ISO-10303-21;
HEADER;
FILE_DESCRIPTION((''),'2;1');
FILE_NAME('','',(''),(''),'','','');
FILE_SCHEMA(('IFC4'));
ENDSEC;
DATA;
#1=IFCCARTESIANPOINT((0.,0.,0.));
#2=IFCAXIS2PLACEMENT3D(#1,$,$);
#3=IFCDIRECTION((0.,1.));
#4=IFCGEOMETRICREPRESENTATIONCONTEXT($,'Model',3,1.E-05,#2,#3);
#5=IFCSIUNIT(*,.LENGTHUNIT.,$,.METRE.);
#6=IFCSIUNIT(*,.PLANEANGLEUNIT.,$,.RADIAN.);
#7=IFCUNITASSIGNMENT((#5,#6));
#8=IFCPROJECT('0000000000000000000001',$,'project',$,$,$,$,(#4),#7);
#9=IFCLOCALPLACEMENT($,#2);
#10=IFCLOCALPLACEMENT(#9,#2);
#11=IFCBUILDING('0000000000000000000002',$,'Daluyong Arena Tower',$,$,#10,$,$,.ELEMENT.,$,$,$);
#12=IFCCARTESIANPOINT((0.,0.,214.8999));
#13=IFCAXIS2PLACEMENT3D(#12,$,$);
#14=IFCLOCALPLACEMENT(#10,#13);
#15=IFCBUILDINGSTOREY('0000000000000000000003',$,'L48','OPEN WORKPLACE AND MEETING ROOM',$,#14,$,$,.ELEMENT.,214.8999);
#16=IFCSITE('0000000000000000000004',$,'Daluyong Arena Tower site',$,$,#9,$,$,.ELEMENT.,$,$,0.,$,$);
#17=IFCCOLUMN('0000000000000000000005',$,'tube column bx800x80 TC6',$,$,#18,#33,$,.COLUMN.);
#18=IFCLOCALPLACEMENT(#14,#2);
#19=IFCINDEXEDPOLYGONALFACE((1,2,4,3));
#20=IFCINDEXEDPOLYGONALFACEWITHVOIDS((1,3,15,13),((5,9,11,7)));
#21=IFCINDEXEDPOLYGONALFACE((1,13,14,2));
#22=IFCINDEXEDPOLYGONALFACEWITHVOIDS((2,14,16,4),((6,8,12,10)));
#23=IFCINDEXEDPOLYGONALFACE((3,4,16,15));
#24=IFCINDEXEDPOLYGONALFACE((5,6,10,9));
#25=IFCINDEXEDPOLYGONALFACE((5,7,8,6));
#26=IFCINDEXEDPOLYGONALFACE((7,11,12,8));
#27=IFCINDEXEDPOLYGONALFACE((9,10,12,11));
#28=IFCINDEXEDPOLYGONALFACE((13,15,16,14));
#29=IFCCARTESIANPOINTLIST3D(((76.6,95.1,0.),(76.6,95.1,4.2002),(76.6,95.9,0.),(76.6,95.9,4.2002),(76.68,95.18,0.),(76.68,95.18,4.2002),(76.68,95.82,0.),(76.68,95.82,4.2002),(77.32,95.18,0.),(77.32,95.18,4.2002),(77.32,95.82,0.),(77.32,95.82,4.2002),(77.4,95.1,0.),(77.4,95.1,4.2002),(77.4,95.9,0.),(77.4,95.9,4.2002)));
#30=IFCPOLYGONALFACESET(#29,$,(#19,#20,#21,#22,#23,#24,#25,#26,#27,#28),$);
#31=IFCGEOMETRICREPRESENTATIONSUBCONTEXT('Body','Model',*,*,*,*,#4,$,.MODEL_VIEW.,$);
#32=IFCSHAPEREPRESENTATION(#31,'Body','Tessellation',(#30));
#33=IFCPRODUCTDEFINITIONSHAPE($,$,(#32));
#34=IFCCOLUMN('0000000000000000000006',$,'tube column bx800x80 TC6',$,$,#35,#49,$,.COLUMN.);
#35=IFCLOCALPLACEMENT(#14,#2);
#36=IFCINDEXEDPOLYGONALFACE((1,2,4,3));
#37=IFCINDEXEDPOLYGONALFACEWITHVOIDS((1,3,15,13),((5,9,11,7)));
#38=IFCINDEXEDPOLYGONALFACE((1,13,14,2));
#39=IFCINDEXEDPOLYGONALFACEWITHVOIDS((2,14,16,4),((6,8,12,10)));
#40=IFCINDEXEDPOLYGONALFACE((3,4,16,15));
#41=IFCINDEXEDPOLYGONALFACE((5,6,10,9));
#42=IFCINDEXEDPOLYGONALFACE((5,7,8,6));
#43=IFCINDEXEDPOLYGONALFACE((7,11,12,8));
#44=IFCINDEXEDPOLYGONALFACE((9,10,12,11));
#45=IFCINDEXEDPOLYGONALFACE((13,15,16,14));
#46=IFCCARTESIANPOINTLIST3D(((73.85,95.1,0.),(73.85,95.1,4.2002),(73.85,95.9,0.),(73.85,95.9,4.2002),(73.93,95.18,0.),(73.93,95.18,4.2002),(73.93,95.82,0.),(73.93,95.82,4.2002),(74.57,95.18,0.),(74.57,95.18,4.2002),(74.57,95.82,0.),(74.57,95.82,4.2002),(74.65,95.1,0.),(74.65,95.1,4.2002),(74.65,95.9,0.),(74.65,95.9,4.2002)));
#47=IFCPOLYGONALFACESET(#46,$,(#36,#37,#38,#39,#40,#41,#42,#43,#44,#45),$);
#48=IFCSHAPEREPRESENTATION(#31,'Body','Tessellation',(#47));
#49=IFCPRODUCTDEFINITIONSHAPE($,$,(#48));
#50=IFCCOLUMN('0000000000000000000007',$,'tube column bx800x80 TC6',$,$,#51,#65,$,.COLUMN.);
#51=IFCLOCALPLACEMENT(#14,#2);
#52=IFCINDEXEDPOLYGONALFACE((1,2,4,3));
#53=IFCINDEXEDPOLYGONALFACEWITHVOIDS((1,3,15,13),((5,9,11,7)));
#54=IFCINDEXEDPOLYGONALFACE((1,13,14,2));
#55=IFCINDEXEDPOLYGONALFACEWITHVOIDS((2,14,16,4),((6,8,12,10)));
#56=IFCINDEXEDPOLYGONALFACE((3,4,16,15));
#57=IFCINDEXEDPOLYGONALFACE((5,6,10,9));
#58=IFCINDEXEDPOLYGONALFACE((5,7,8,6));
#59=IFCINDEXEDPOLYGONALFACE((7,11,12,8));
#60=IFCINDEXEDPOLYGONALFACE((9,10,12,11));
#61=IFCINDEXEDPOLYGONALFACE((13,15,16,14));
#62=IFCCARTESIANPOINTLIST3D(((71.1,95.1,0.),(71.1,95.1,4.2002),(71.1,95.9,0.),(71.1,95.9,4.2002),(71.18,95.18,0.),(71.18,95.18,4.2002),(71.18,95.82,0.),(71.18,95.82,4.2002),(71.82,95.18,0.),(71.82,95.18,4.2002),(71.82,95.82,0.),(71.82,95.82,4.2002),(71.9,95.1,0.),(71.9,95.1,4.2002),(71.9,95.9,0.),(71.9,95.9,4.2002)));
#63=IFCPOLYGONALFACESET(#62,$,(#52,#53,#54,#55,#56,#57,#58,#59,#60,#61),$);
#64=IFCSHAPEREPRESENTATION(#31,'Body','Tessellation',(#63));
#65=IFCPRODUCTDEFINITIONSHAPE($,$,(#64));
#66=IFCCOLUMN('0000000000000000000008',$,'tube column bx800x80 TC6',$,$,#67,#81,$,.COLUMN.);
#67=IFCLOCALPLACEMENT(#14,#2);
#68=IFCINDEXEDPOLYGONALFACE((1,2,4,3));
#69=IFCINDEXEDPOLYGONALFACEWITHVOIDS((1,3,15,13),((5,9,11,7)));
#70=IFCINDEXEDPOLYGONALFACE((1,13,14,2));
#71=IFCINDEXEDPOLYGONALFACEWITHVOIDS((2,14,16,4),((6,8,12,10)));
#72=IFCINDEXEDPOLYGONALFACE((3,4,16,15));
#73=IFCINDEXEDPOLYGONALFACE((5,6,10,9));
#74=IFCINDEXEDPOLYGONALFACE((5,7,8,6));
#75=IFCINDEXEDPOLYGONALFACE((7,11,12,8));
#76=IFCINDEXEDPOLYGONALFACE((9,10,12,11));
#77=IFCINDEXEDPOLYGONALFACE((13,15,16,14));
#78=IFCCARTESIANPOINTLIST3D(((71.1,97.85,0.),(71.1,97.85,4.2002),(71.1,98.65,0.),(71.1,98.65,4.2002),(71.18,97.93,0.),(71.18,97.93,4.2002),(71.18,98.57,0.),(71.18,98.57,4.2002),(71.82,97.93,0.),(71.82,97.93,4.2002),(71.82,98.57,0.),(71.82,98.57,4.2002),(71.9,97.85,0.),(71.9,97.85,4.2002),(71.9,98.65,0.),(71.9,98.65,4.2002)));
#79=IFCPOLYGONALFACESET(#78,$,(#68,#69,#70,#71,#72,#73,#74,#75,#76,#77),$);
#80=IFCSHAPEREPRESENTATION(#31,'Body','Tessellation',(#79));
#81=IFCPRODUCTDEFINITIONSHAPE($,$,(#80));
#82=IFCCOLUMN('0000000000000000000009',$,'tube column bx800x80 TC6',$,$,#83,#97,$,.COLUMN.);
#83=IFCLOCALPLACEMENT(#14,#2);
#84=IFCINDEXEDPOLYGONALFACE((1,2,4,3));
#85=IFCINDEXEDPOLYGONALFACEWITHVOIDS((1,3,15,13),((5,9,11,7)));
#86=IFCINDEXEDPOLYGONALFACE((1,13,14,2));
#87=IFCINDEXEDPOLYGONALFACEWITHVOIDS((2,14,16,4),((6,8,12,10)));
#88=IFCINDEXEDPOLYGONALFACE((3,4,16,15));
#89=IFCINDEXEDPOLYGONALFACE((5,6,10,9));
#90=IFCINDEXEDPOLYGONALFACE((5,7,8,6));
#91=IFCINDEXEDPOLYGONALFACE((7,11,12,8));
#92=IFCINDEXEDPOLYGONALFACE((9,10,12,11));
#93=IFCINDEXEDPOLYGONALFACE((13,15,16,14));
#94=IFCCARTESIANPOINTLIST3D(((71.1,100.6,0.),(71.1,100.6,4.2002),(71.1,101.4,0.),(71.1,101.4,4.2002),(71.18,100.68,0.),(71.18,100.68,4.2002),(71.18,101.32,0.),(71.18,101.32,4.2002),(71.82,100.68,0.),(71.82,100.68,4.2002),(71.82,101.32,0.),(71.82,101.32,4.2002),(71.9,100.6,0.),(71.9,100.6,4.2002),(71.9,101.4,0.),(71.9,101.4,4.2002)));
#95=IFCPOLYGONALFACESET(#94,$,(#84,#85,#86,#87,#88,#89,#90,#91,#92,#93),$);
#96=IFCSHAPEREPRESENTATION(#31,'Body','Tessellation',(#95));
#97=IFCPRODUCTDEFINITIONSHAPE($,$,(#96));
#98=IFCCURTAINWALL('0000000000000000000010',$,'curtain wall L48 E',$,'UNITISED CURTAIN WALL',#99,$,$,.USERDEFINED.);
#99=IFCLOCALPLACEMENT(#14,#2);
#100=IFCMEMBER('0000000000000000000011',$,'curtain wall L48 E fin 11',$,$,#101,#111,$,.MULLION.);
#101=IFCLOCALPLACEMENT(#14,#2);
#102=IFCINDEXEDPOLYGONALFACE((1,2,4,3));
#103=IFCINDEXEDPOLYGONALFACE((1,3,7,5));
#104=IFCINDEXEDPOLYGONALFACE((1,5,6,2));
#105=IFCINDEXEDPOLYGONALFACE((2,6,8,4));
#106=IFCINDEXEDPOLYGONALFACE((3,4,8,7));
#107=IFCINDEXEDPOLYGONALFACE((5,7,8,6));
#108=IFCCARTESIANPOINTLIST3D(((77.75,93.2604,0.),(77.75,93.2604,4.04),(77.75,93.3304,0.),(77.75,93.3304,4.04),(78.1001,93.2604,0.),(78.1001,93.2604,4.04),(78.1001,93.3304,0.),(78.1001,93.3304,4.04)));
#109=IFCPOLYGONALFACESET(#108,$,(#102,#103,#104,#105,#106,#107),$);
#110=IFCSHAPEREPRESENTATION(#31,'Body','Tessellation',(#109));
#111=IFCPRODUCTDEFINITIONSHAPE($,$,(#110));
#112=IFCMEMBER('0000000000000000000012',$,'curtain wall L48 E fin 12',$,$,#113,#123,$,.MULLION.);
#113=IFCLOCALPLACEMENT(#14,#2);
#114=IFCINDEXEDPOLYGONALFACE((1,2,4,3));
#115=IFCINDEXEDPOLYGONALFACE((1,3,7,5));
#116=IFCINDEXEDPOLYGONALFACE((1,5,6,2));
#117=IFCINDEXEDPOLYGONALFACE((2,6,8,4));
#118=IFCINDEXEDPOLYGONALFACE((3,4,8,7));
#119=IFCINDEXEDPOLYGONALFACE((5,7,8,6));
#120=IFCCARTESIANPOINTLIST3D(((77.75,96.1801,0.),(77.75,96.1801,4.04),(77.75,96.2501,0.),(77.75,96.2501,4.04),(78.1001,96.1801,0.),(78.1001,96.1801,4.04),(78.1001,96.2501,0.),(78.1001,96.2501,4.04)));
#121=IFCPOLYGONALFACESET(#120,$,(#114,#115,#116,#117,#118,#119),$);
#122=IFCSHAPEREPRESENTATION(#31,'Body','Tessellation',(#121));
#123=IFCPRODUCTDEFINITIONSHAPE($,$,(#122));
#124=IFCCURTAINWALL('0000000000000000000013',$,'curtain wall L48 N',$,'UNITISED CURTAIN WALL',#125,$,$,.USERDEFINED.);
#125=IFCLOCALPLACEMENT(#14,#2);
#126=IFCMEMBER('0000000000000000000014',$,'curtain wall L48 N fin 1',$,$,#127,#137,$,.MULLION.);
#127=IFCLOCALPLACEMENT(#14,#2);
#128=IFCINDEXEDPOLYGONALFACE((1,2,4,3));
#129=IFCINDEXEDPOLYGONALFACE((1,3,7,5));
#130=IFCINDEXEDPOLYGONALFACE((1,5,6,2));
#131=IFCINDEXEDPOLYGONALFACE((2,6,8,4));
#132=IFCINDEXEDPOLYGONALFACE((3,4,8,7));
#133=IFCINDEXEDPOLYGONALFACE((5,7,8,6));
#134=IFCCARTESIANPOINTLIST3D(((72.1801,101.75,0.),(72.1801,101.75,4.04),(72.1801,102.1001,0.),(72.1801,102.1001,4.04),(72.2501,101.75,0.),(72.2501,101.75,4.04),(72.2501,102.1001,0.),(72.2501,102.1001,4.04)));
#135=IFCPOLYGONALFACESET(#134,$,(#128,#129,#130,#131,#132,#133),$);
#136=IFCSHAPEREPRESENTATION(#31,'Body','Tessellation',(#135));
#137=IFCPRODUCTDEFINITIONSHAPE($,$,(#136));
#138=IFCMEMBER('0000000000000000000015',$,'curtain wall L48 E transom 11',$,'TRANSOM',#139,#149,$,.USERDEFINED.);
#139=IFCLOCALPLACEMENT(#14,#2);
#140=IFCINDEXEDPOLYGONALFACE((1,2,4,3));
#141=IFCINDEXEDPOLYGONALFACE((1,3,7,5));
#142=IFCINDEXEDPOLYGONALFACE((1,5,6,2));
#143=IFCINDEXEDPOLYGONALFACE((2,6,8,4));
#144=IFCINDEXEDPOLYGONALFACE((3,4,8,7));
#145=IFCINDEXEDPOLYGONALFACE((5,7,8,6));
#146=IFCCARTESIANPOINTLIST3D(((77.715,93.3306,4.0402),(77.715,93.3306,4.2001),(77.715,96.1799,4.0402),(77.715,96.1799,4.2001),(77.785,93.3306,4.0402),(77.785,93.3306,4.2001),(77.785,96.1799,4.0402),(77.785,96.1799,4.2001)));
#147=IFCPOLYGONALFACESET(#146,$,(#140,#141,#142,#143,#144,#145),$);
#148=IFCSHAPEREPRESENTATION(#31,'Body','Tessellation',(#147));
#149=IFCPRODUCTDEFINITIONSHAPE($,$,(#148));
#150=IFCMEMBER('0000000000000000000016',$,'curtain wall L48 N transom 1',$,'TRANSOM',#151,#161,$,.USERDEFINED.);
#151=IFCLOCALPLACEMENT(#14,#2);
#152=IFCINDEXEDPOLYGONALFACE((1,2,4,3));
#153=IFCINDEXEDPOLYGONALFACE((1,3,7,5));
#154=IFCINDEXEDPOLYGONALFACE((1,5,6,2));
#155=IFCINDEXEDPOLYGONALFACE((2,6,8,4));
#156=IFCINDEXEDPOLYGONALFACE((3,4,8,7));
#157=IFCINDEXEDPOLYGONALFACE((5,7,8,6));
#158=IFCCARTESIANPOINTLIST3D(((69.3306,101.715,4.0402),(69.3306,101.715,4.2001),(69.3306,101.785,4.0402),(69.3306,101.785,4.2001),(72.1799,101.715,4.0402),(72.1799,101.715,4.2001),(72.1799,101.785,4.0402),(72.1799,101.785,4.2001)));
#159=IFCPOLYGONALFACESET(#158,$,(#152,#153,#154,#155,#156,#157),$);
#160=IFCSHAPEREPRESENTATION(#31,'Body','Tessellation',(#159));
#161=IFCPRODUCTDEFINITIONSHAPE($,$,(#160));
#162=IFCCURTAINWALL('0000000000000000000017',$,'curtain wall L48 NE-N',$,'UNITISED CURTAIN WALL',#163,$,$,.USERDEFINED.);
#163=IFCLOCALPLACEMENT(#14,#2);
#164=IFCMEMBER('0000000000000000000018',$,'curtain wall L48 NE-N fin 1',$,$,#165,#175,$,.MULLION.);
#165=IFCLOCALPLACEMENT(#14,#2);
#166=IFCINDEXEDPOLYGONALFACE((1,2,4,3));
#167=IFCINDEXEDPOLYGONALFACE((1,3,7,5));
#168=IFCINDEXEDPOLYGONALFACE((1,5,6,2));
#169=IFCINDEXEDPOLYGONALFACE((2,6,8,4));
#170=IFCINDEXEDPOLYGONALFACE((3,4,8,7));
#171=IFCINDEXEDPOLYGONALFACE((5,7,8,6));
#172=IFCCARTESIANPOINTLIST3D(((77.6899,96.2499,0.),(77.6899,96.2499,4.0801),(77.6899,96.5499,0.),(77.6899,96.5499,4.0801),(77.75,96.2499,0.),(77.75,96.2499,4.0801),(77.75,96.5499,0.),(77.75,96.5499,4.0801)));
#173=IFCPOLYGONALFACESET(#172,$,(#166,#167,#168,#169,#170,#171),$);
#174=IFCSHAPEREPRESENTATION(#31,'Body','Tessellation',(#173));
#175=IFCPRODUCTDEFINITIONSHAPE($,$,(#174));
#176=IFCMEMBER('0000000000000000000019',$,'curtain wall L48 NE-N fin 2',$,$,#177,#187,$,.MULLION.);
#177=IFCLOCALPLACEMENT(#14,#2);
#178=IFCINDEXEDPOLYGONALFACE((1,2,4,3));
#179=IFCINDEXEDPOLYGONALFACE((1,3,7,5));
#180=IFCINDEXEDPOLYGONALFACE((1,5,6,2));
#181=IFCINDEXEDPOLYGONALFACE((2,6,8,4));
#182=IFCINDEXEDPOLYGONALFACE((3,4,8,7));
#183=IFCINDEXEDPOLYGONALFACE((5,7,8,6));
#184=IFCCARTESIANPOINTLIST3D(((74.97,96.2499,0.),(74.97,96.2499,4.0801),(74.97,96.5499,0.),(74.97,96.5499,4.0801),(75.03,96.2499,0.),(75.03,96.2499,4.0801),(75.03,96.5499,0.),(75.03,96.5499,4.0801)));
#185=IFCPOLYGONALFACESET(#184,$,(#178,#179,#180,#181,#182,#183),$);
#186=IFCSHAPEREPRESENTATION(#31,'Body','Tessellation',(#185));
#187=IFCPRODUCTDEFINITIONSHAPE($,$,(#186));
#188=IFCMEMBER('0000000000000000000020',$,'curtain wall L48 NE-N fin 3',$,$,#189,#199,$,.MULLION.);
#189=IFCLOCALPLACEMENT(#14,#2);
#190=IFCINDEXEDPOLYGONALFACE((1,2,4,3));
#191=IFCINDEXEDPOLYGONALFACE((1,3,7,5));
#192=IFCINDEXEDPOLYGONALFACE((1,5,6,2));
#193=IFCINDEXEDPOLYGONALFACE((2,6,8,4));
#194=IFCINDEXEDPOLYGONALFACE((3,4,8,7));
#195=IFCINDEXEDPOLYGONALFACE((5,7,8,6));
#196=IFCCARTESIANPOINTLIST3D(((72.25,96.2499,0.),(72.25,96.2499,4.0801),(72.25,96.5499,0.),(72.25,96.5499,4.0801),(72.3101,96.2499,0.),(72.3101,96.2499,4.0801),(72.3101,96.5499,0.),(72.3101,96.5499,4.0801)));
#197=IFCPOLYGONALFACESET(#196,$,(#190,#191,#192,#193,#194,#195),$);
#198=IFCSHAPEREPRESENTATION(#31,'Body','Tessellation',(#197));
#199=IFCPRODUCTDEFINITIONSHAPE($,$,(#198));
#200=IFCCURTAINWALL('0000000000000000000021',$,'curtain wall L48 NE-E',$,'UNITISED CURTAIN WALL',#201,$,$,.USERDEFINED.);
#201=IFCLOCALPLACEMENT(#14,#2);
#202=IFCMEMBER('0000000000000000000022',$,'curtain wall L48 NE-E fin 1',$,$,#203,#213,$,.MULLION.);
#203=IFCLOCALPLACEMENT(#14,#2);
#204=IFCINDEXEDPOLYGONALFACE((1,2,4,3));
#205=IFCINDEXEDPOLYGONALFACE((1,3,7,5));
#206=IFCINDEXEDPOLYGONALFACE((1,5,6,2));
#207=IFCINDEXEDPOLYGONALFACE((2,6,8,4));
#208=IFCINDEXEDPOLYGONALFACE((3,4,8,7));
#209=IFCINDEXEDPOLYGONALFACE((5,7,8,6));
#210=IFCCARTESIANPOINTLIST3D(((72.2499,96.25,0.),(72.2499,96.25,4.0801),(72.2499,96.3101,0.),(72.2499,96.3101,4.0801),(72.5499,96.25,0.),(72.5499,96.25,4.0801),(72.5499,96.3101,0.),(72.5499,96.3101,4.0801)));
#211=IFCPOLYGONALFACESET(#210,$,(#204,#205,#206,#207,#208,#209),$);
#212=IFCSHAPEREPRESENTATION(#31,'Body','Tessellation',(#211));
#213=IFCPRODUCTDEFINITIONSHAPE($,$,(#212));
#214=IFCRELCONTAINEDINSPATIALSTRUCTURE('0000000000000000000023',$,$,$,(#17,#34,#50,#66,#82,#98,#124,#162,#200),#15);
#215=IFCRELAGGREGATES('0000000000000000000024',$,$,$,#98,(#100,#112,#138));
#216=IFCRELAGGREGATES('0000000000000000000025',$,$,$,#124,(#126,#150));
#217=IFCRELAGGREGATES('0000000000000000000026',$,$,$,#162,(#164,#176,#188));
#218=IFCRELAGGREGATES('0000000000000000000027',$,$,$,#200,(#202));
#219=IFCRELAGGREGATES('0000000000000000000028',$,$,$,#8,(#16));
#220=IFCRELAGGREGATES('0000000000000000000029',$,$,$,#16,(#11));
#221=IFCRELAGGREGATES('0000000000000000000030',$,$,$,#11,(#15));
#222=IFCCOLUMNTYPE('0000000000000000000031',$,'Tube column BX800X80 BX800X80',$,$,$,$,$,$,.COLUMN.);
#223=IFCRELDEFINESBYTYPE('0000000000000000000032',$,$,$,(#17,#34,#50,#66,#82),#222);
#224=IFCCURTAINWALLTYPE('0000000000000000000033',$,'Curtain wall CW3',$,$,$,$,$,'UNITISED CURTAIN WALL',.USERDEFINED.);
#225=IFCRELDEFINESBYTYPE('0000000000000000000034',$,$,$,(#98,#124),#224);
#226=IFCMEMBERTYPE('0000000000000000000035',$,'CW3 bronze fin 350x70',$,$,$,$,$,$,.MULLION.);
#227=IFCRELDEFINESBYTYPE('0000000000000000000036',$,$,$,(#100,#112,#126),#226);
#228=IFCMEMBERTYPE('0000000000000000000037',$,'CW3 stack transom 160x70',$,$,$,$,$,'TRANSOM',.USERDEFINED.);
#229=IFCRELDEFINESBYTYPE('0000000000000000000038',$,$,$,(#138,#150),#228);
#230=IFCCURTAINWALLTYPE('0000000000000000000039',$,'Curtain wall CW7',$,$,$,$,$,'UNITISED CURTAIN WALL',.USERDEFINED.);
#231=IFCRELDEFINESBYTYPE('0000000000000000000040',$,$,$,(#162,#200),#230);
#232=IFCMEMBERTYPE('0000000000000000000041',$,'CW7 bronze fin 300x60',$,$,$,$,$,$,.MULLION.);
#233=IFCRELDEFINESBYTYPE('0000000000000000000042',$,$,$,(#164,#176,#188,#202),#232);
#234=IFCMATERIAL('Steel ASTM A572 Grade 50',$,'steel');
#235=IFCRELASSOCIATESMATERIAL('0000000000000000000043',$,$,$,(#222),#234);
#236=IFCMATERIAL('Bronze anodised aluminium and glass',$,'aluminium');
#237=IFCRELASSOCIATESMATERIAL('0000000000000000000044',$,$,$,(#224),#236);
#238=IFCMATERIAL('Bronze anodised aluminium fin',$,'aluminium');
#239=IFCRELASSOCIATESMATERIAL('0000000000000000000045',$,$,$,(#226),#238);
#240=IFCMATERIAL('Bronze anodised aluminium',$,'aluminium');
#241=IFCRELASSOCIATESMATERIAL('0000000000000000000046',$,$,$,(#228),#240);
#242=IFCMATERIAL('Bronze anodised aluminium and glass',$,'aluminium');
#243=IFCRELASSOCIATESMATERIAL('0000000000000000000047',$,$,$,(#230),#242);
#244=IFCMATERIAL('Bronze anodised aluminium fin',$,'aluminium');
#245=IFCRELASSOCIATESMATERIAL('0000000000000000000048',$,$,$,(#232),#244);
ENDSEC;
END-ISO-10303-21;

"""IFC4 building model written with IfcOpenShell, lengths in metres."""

from ifc_helpers import new_model, si_unit, direction, frame, origin, origin_2d, place, context, subcontext, project, spatial, rectangle, hollow_rectangle, extrude, material, material_profile, profile_set, type_object, element, aggregate, save


model = new_model("IFC4")

# Units and contexts
model_context = context("Model", 3, precision=1e-05, world=origin(), true_north=direction((0.0, 1.0)))
body_context = subcontext(model_context, "Body", "Model", "MODEL_VIEW")
ifc_project = project(units=[si_unit("LENGTHUNIT", "METRE"), si_unit("PLANEANGLEUNIT", "RADIAN")], contexts=[model_context])

# Site, building, storey
site_placement = place(None, origin())
site = spatial("IfcSite", under=ifc_project, at=site_placement, Name="Daluyong Arena Tower site", CompositionType="ELEMENT", RefElevation=0.0)
building_placement = place(site_placement, origin())
building = spatial("IfcBuilding", under=site, at=building_placement, Name="Daluyong Arena Tower", CompositionType="ELEMENT")
storey_placement = place(building_placement, frame((0.0, 0.0, 214.8999)))
storey = spatial("IfcBuildingStorey", under=building, at=storey_placement, Name="L48", Description="OPEN WORKPLACE AND MEETING ROOM", CompositionType="ELEMENT", Elevation=214.8999)

# Columns
ifc_material_1 = material(Name="Steel ASTM A572 Grade 50", Category="steel")
ifc_material_profile_1 = material_profile(ifc_material_1, hollow_rectangle(XDim=0.8, YDim=0.8, WallThickness=0.08, at=origin_2d()))
ifc_profile_set_1 = profile_set([ifc_material_profile_1], Name="Steel ASTM A572 Grade 50")
column_type = type_object("IfcColumnType", Name="Tube column BX800X80 BX800X80", PredefinedType="COLUMN", material=ifc_profile_set_1)
for number, where, z_axis, x_axis, name in (
    (1, (77.0, 95.5, 0.0), (0.0, 0.0, 1.0), (1.0, 0.0, 0.0), "tube column bx800x80 TC6"),
    (2, (74.25, 95.5, 0.0), (0.0, 0.0, 1.0), (1.0, 0.0, 0.0), "tube column bx800x80 TC6"),
    (3, (71.5, 95.5, 0.0), (0.0, 0.0, 1.0), (0.0, 1.0, 0.0), "tube column bx800x80 TC6"),
    (4, (71.5, 98.25, 0.0), (0.0, 0.0, 1.0), (0.0, 1.0, 0.0), "tube column bx800x80 TC6"),
    (5, (71.5, 101.0, 0.0), (0.0, 0.0, 1.0), (1.0, 0.0, 0.0), "tube column bx800x80 TC6"),
):
    element("IfcColumn", number, at=place(storey_placement, frame(where, z_axis=z_axis, x_axis=x_axis)), inside=storey, type_object=column_type, Name=name, PredefinedType="COLUMN", context=body_context, shape_type="SweptSolid", body=[
        extrude(hollow_rectangle(XDim=0.8, YDim=0.8, WallThickness=0.08, at=origin_2d()), origin(), (0.0, 0.0, 1.0), 4.2002),
    ])

# Curtain wall, members
ifc_material_2 = material(Name="Bronze anodised aluminium and glass", Category="aluminium")
curtain_wall_type_1 = type_object("IfcCurtainWallType", Name="Curtain wall CW3", ElementType="UNITISED CURTAIN WALL", PredefinedType="USERDEFINED", material=ifc_material_2)
curtain_wall_1_placement = place(storey_placement, origin())
curtain_wall_1 = element("IfcCurtainWall", 6, at=curtain_wall_1_placement, inside=storey, type_object=curtain_wall_type_1, Name="curtain wall L48 E", ObjectType="UNITISED CURTAIN WALL", PredefinedType="USERDEFINED")
ifc_material_3 = material(Name="Bronze anodised aluminium fin", Category="aluminium")
ifc_material_profile_2 = material_profile(ifc_material_3, rectangle(XDim=0.3501, YDim=0.0701, at=origin_2d()))
ifc_profile_set_2 = profile_set([ifc_material_profile_2], Name="Bronze anodised aluminium fin")
member_type_1 = type_object("IfcMemberType", Name="CW3 bronze fin 350x70", PredefinedType="MULLION", material=ifc_profile_set_2)
member_1_placement = place(storey_placement, frame((77.925, 93.2954, 0.0), z_axis=(0.0, 0.0, 1.0), x_axis=(-1.0, 0.0, 0.0)))
member_1 = element("IfcMember", 7, at=member_1_placement, type_object=member_type_1, Name="curtain wall L48 E fin 11", PredefinedType="MULLION", context=body_context, shape_type="SweptSolid", body=[
    extrude(rectangle(XDim=0.3501, YDim=0.0701, at=origin_2d()), origin(), (0.0, 0.0, 1.0), 4.04),
])
member_2_placement = place(storey_placement, frame((77.925, 96.2151, 0.0), z_axis=(0.0, 0.0, 1.0), x_axis=(-1.0, 0.0, 0.0)))
member_2 = element("IfcMember", 8, at=member_2_placement, type_object=member_type_1, Name="curtain wall L48 E fin 12", PredefinedType="MULLION", context=body_context, shape_type="SweptSolid", body=[
    extrude(rectangle(XDim=0.3501, YDim=0.0701, at=origin_2d()), origin(), (0.0, 0.0, 1.0), 4.04),
])

# Curtain wall, member
curtain_wall_2_placement = place(storey_placement, origin())
curtain_wall_2 = element("IfcCurtainWall", 9, at=curtain_wall_2_placement, inside=storey, type_object=curtain_wall_type_1, Name="curtain wall L48 N", ObjectType="UNITISED CURTAIN WALL", PredefinedType="USERDEFINED")
member_3_placement = place(storey_placement, frame((72.2151, 101.925, 0.0), z_axis=(0.0, 0.0, 1.0), x_axis=(0.0, -1.0, 0.0)))
member_3 = element("IfcMember", 10, at=member_3_placement, type_object=member_type_1, Name="curtain wall L48 N fin 1", PredefinedType="MULLION", context=body_context, shape_type="SweptSolid", body=[
    extrude(rectangle(XDim=0.3501, YDim=0.0701, at=origin_2d()), origin(), (0.0, 0.0, 1.0), 4.04),
])

# Members
ifc_material_4 = material(Name="Bronze anodised aluminium", Category="aluminium")
ifc_material_profile_3 = material_profile(ifc_material_4, rectangle(XDim=0.0701, YDim=0.1599, at=origin_2d()))
ifc_profile_set_3 = profile_set([ifc_material_profile_3], Name="Bronze anodised aluminium")
member_type_2 = type_object("IfcMemberType", Name="CW3 stack transom 160x70", ElementType="TRANSOM", PredefinedType="USERDEFINED", material=ifc_profile_set_3)
member_4_placement = place(storey_placement, frame((77.75, 93.3306, 4.1201), z_axis=(0.0, 1.0, 0.0), x_axis=(-1.0, 0.0, 0.0)))
member_4 = element("IfcMember", 11, at=member_4_placement, type_object=member_type_2, Name="curtain wall L48 E transom 11", ObjectType="TRANSOM", PredefinedType="USERDEFINED", context=body_context, shape_type="SweptSolid", body=[
    extrude(rectangle(XDim=0.0701, YDim=0.1599, at=origin_2d()), origin(), (0.0, 0.0, 1.0), 2.8494),
])
member_5_placement = place(storey_placement, frame((72.1799, 101.75, 4.1201), z_axis=(-1.0, 0.0, 0.0), x_axis=(0.0, -1.0, 0.0)))
member_5 = element("IfcMember", 12, at=member_5_placement, type_object=member_type_2, Name="curtain wall L48 N transom 1", ObjectType="TRANSOM", PredefinedType="USERDEFINED", context=body_context, shape_type="SweptSolid", body=[
    extrude(rectangle(XDim=0.0701, YDim=0.1599, at=origin_2d()), origin(), (0.0, 0.0, 1.0), 2.8494),
])

# Curtain walls, members
ifc_material_5 = material(Name="Bronze anodised aluminium and glass", Category="aluminium")
curtain_wall_type_2 = type_object("IfcCurtainWallType", Name="Curtain wall CW7", ElementType="UNITISED CURTAIN WALL", PredefinedType="USERDEFINED", material=ifc_material_5)
curtain_wall_3_placement = place(storey_placement, origin())
curtain_wall_3 = element("IfcCurtainWall", 13, at=curtain_wall_3_placement, inside=storey, type_object=curtain_wall_type_2, Name="curtain wall L48 NE-N", ObjectType="UNITISED CURTAIN WALL", PredefinedType="USERDEFINED")
ifc_material_6 = material(Name="Bronze anodised aluminium fin", Category="aluminium")
ifc_material_profile_4 = material_profile(ifc_material_6, rectangle(XDim=0.3, YDim=0.0601, at=origin_2d()))
ifc_profile_set_4 = profile_set([ifc_material_profile_4], Name="Bronze anodised aluminium fin")
member_type_3 = type_object("IfcMemberType", Name="CW7 bronze fin 300x60", PredefinedType="MULLION", material=ifc_profile_set_4)
member_6_placement = place(storey_placement, frame((77.72, 96.3999, 0.0), z_axis=(0.0, 0.0, 1.0), x_axis=(0.0, -1.0, 0.0)))
member_6 = element("IfcMember", 14, at=member_6_placement, type_object=member_type_3, Name="curtain wall L48 NE-N fin 1", PredefinedType="MULLION", context=body_context, shape_type="SweptSolid", body=[
    extrude(rectangle(XDim=0.3, YDim=0.0601, at=origin_2d()), origin(), (0.0, 0.0, 1.0), 4.0801),
])
member_7_placement = place(storey_placement, frame((75.0, 96.3999, 0.0), z_axis=(0.0, 0.0, 1.0), x_axis=(0.0, -1.0, 0.0)))
member_7 = element("IfcMember", 15, at=member_7_placement, type_object=member_type_3, Name="curtain wall L48 NE-N fin 2", PredefinedType="MULLION", context=body_context, shape_type="SweptSolid", body=[
    extrude(rectangle(XDim=0.3, YDim=0.0601, at=origin_2d()), origin(), (0.0, 0.0, 1.0), 4.0801),
])
member_8_placement = place(storey_placement, frame((72.28, 96.3999, 0.0), z_axis=(0.0, 0.0, 1.0), x_axis=(0.0, -1.0, 0.0)))
member_8 = element("IfcMember", 16, at=member_8_placement, type_object=member_type_3, Name="curtain wall L48 NE-N fin 3", PredefinedType="MULLION", context=body_context, shape_type="SweptSolid", body=[
    extrude(rectangle(XDim=0.3, YDim=0.0601, at=origin_2d()), origin(), (0.0, 0.0, 1.0), 4.0801),
])
curtain_wall_4_placement = place(storey_placement, origin())
curtain_wall_4 = element("IfcCurtainWall", 17, at=curtain_wall_4_placement, inside=storey, type_object=curtain_wall_type_2, Name="curtain wall L48 NE-E", ObjectType="UNITISED CURTAIN WALL", PredefinedType="USERDEFINED")
member_9_placement = place(storey_placement, frame((72.3999, 96.28, 0.0), z_axis=(0.0, 0.0, 1.0), x_axis=(-1.0, 0.0, 0.0)))
member_9 = element("IfcMember", 18, at=member_9_placement, type_object=member_type_3, Name="curtain wall L48 NE-E fin 1", PredefinedType="MULLION", context=body_context, shape_type="SweptSolid", body=[
    extrude(rectangle(XDim=0.3, YDim=0.0601, at=origin_2d()), origin(), (0.0, 0.0, 1.0), 4.0801),
])

aggregate(curtain_wall_1, [member_1, member_2, member_4])
aggregate(curtain_wall_2, [member_3, member_5])
aggregate(curtain_wall_3, [member_6, member_7, member_8])
aggregate(curtain_wall_4, [member_9])

save(model, "model.ifc")
